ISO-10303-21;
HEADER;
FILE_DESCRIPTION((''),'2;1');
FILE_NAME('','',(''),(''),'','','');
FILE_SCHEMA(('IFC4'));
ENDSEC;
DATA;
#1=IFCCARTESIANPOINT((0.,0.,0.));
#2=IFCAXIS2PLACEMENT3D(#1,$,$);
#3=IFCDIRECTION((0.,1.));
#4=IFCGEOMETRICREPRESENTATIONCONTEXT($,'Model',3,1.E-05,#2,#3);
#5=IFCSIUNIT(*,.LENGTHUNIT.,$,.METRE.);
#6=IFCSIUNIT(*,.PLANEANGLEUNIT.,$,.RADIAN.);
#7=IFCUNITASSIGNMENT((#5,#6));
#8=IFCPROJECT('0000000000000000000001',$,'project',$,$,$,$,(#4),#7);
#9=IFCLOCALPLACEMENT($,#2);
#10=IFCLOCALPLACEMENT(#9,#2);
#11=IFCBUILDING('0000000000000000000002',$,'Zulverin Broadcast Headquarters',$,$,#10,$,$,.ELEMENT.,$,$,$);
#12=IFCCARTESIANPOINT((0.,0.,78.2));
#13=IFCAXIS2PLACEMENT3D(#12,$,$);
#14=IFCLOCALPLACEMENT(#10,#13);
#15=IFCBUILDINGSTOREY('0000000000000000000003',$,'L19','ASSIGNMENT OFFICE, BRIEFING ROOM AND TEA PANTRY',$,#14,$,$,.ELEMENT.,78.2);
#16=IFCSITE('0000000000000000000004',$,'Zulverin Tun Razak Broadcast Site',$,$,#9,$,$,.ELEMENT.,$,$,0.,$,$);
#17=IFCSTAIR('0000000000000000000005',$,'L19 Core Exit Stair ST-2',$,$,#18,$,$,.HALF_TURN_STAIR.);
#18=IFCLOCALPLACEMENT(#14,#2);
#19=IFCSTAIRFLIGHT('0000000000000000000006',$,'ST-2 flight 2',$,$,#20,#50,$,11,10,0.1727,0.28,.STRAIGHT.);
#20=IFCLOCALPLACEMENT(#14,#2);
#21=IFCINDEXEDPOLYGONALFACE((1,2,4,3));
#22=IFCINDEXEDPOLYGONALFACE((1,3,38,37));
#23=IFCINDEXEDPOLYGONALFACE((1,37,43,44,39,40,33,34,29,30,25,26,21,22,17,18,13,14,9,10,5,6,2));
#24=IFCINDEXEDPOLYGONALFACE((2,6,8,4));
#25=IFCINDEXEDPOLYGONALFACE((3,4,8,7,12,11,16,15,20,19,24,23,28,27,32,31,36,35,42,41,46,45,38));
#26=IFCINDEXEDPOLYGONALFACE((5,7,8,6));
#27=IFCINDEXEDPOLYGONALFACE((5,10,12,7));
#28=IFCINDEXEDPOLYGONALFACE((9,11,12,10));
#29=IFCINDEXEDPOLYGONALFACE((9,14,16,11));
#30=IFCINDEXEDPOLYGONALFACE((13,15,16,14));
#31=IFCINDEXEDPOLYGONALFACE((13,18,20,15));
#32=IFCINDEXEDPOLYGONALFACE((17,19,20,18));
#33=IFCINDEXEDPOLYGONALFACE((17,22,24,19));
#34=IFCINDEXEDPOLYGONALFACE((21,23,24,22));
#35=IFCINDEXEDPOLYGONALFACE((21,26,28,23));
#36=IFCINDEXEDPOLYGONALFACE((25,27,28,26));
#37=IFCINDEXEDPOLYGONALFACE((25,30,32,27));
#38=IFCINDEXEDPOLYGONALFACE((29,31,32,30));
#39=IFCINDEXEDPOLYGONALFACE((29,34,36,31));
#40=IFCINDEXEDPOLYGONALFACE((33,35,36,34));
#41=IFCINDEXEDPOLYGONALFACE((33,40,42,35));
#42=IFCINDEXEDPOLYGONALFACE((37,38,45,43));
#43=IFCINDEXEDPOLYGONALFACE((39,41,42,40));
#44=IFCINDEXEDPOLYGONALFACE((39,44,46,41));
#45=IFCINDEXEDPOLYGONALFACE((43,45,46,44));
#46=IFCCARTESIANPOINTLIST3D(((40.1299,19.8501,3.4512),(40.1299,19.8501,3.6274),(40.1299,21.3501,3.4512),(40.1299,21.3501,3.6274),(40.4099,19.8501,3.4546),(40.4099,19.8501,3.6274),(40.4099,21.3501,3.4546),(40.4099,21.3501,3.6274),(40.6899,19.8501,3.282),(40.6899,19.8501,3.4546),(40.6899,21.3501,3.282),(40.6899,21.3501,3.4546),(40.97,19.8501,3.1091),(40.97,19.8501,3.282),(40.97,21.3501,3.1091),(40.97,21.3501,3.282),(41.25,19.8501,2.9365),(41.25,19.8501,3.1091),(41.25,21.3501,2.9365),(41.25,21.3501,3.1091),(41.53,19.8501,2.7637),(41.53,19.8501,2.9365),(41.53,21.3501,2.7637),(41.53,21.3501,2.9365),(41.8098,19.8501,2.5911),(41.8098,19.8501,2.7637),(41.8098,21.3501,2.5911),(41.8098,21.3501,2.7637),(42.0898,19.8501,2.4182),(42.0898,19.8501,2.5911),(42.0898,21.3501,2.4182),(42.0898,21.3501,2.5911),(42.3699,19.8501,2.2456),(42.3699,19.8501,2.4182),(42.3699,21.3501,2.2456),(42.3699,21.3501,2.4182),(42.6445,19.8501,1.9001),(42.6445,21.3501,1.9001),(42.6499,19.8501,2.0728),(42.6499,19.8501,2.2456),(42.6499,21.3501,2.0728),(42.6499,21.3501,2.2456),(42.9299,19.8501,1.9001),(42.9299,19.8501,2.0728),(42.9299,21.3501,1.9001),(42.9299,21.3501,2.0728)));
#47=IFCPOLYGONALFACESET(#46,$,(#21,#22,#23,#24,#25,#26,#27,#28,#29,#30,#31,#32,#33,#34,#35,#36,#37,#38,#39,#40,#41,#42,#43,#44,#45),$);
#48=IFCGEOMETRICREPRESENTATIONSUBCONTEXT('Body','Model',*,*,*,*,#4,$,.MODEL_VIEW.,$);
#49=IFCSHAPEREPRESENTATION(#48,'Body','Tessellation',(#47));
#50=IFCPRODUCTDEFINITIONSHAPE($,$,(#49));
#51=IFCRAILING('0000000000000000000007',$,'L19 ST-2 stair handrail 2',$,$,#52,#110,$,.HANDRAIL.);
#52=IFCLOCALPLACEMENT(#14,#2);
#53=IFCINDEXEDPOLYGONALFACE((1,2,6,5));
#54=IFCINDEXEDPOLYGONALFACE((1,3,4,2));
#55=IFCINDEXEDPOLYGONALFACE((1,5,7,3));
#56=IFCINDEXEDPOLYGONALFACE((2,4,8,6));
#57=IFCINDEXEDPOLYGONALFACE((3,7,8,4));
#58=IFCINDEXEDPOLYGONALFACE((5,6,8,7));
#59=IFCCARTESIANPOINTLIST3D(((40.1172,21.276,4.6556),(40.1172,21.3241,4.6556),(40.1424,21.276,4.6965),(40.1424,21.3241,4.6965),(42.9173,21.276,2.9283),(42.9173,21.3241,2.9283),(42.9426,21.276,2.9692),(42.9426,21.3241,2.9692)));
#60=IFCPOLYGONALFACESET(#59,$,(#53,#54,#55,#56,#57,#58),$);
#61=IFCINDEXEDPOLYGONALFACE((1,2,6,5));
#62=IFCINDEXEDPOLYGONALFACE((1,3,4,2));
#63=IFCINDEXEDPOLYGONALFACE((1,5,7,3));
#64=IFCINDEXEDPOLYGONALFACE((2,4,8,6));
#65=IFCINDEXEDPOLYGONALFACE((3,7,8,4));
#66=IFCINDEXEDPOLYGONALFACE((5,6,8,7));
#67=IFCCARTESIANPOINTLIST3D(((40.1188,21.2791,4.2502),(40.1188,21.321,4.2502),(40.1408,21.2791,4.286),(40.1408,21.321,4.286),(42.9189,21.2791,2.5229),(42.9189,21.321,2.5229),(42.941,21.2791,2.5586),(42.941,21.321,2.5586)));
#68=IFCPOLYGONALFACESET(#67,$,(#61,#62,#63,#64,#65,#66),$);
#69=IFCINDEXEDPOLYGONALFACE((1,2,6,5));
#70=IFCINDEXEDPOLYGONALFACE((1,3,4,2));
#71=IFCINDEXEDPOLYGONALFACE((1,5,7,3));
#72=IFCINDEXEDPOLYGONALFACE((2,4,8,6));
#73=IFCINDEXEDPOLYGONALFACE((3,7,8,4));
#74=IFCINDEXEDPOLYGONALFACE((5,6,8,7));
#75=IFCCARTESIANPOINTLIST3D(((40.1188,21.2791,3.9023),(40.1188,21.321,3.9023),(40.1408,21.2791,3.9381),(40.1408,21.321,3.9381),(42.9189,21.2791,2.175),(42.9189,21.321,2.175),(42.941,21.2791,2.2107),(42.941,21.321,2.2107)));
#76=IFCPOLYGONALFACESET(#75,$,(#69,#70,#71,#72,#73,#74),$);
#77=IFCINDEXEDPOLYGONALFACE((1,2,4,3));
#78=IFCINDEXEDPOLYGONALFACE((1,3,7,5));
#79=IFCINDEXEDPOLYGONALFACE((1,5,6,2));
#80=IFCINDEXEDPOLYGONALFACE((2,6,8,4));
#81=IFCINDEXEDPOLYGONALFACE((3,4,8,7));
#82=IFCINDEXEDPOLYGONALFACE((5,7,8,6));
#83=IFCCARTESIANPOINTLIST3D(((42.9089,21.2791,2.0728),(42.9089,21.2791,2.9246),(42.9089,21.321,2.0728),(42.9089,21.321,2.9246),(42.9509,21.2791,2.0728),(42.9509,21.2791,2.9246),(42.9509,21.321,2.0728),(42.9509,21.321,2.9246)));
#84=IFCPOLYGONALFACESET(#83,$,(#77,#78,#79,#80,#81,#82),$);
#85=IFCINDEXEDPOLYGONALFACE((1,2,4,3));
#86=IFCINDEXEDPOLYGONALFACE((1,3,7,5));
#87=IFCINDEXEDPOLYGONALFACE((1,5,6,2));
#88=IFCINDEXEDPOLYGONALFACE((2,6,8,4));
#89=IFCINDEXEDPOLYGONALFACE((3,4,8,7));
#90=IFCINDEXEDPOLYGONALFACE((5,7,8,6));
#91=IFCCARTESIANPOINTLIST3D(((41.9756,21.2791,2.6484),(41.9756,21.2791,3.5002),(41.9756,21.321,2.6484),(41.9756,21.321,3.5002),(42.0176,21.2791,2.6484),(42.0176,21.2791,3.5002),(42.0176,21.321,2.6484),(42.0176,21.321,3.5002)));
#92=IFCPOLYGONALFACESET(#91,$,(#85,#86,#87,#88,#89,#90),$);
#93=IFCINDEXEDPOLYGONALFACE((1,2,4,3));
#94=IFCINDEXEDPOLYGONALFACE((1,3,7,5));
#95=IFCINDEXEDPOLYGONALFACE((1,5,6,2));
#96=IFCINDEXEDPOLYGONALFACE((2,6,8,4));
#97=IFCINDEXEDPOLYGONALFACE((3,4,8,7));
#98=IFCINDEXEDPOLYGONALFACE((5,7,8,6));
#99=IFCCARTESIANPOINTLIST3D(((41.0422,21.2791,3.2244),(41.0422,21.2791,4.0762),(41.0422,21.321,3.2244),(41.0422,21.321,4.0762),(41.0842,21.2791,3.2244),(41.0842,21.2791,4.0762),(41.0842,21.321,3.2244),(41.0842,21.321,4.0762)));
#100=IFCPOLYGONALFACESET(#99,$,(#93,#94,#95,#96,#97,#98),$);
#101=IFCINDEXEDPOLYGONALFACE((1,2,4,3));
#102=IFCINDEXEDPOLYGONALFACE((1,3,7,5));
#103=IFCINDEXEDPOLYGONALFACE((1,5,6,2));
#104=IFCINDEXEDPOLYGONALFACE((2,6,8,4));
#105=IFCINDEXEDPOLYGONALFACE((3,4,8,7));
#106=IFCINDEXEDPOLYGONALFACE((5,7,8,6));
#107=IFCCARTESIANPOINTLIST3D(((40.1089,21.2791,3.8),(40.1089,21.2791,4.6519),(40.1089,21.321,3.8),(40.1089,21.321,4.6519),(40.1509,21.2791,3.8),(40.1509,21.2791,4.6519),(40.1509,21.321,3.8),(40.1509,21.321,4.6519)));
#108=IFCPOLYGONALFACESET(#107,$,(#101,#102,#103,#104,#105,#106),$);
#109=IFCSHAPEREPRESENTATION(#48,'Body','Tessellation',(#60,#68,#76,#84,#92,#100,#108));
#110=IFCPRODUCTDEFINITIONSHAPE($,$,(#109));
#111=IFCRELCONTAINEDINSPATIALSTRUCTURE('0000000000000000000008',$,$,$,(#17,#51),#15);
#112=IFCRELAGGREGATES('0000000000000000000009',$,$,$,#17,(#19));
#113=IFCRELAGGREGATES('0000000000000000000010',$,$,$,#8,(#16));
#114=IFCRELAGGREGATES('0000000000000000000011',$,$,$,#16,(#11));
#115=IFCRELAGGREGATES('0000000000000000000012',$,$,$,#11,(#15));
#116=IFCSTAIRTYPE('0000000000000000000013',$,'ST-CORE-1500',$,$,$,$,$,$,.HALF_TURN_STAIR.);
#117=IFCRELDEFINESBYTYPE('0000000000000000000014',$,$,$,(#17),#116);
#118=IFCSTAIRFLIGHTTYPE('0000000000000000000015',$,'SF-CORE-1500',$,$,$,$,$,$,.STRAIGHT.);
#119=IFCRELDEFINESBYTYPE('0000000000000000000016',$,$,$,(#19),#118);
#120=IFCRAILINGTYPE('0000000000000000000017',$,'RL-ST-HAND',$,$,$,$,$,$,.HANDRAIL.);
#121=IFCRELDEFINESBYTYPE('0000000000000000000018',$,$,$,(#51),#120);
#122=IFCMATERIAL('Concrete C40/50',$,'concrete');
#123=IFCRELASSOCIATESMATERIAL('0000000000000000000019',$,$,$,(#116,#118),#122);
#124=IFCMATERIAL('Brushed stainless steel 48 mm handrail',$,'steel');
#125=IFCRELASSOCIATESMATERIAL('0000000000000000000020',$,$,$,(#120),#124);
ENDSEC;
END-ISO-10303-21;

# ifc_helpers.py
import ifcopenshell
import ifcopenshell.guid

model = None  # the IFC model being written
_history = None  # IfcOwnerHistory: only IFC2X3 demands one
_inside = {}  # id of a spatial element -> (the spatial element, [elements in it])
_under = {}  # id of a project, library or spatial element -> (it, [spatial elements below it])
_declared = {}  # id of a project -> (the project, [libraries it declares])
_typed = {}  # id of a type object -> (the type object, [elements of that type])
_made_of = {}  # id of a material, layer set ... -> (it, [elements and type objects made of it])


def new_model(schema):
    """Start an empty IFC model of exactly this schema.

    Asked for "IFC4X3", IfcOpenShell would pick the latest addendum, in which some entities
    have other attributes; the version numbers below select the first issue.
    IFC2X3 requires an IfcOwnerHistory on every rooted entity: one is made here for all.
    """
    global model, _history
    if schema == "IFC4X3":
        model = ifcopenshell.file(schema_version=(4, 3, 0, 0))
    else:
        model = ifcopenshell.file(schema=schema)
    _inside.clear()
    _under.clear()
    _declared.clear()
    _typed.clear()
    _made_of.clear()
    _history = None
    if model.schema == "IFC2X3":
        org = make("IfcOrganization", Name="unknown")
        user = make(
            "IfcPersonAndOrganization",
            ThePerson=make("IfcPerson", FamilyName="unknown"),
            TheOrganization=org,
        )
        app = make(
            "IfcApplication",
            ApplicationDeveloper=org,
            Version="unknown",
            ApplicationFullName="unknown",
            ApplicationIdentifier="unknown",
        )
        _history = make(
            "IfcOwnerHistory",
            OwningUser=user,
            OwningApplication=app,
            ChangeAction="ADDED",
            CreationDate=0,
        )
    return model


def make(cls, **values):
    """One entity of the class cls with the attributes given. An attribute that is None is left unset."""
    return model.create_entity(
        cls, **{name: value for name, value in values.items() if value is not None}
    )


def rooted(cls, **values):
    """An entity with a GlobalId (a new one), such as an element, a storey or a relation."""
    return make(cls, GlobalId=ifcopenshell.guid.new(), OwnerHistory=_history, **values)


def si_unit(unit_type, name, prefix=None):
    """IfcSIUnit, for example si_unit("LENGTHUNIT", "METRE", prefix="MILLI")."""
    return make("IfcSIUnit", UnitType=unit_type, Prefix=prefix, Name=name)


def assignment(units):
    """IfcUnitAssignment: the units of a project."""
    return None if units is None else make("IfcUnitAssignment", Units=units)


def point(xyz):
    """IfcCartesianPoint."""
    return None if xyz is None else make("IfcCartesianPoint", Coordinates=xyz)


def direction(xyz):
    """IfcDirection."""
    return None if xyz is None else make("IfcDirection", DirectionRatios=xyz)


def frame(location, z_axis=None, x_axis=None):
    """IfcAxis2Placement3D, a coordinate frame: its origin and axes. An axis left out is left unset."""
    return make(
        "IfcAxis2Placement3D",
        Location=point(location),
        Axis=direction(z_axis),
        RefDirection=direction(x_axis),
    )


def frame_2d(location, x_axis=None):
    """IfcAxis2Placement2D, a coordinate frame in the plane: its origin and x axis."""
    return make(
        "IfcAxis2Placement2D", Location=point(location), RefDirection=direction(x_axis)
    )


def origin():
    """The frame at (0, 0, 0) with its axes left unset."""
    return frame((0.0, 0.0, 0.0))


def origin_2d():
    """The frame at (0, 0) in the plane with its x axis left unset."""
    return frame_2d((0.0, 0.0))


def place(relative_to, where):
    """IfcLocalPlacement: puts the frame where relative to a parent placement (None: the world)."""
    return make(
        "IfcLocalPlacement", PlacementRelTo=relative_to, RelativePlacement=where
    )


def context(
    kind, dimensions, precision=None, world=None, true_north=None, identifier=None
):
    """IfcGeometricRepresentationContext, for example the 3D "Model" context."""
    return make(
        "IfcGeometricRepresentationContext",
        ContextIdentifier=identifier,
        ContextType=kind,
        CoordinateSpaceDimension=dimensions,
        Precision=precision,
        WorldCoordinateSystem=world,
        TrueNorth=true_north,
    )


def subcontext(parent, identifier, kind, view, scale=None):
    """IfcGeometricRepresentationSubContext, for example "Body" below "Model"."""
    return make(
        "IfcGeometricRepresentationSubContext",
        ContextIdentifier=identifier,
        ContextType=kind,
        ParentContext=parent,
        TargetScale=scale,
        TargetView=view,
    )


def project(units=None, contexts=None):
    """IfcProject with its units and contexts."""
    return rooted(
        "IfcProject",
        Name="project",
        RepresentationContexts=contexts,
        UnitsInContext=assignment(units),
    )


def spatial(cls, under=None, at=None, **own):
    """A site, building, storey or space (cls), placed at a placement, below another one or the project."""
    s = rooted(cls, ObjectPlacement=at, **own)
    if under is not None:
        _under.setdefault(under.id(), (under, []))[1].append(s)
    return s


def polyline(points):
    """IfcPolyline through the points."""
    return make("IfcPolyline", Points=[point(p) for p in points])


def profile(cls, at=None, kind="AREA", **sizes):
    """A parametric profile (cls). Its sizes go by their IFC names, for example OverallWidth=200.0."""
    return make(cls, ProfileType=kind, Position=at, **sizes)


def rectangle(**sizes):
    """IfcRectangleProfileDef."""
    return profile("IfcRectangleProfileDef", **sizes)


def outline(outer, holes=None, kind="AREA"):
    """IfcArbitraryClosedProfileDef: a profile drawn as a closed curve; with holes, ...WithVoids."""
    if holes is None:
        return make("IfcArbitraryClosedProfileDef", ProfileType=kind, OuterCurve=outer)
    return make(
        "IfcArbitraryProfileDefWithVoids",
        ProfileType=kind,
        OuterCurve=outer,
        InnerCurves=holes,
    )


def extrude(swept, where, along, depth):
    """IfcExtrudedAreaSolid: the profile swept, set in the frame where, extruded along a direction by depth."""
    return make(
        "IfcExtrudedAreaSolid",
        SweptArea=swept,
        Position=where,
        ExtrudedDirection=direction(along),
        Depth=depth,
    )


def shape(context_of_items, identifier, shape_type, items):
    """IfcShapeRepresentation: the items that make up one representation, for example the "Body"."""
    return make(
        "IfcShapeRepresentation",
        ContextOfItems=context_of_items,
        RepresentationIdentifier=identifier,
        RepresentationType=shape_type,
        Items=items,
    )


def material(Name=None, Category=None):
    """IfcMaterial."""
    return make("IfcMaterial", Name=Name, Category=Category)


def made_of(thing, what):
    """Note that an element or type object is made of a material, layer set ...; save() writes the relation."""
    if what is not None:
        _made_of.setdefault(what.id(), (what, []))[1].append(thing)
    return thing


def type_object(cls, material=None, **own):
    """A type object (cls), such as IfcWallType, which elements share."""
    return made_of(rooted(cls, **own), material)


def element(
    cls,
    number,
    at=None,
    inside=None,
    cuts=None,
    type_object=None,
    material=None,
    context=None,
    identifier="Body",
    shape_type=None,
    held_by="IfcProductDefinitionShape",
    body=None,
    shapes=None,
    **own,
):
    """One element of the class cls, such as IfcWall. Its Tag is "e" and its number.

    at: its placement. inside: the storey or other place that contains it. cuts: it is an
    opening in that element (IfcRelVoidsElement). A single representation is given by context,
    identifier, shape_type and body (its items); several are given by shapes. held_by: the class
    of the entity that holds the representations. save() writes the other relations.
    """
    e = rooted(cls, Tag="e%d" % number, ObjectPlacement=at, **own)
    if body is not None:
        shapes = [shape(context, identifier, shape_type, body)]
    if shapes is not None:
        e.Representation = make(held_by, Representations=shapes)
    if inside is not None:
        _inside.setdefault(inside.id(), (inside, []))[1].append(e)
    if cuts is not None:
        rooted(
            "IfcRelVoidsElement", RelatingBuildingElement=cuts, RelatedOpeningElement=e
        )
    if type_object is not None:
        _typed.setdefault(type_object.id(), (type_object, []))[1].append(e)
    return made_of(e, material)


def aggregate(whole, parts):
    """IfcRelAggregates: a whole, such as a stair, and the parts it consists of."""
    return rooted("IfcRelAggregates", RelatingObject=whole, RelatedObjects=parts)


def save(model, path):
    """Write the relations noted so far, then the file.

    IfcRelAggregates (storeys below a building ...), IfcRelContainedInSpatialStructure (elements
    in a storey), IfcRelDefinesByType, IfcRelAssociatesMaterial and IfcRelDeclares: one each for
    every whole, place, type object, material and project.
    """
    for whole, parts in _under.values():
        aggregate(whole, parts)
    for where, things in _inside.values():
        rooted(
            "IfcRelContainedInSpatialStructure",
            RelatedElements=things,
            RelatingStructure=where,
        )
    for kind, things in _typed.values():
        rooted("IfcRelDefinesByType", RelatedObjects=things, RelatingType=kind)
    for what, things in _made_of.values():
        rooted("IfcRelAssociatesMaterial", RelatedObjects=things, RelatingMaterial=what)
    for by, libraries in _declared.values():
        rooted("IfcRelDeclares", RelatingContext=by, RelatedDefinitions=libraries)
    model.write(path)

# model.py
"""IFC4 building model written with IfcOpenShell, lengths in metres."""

from ifc_helpers import new_model, si_unit, direction, frame, origin, origin_2d, place, context, subcontext, project, spatial, polyline, rectangle, outline, extrude, material, type_object, element, aggregate, save


model = new_model("IFC4")

# Units and contexts
model_context = context("Model", 3, precision=1e-05, world=origin(), true_north=direction((0.0, 1.0)))
body_context = subcontext(model_context, "Body", "Model", "MODEL_VIEW")
ifc_project = project(units=[si_unit("LENGTHUNIT", "METRE"), si_unit("PLANEANGLEUNIT", "RADIAN")], contexts=[model_context])

# Site, building, storey
site_placement = place(None, origin())
site = spatial("IfcSite", under=ifc_project, at=site_placement, Name="Zulverin Tun Razak Broadcast Site", CompositionType="ELEMENT", RefElevation=0.0)
building_placement = place(site_placement, origin())
building = spatial("IfcBuilding", under=site, at=building_placement, Name="Zulverin Broadcast Headquarters", CompositionType="ELEMENT")
storey_placement = place(building_placement, frame((0.0, 0.0, 78.2)))
storey = spatial("IfcBuildingStorey", under=building, at=storey_placement, Name="L19", Description="ASSIGNMENT OFFICE, BRIEFING ROOM AND TEA PANTRY", CompositionType="ELEMENT", Elevation=78.2)

# Shared definitions
ifc_material_1 = material(Name="Concrete C40/50", Category="concrete")

# Stair, stair flight
stair_type = type_object("IfcStairType", Name="ST-CORE-1500", PredefinedType="HALF_TURN_STAIR", material=ifc_material_1)
stair_placement = place(storey_placement, origin())
stair = element("IfcStair", 1, at=stair_placement, inside=storey, type_object=stair_type, Name="L19 Core Exit Stair ST-2", PredefinedType="HALF_TURN_STAIR")
stair_flight_type = type_object("IfcStairFlightType", Name="SF-CORE-1500", PredefinedType="STRAIGHT", material=ifc_material_1)
stair_flight_placement = place(storey_placement, frame((42.9299, 20.6001, 1.9001), z_axis=(0.0, 0.0, 1.0), x_axis=(-1.0, 0.0, 0.0)))
stair_flight = element("IfcStairFlight", 2, at=stair_flight_placement, type_object=stair_flight_type, Name="ST-2 flight 2", NumberOfRisers=11, NumberOfTreads=10, PredefinedType="STRAIGHT", RiserHeight=0.1727, TreadLength=0.28, context=body_context, shape_type="SweptSolid", body=[
    extrude(outline(polyline([(0.0, 0.0), (0.0, 0.1726), (0.28, 0.1726), (0.28, 0.3455), (0.5601, 0.3455), (0.5601, 0.5181), (0.8401, 0.5181), (0.8401, 0.6909), (1.1201, 0.6909), (1.1201, 0.8635), (1.3999, 0.8635), (1.3999, 1.0364), (1.6799, 1.0364), (1.6799, 1.209), (1.96, 1.209), (1.96, 1.3818), (2.24, 1.3818), (2.24, 1.5544), (2.52, 1.5544), (2.52, 1.7273), (2.8, 1.7273), (2.8, 1.8999), (2.8, 1.551), (0.2854, 0.0), (0.0, 0.0)])), frame((0.0, 0.75, 0.0), z_axis=(0.0, -1.0, 0.0), x_axis=(1.0, 0.0, 0.0)), (0.0, 0.0, 1.0), 1.5),
])
aggregate(stair, [stair_flight])

# Railing
ifc_material_2 = material(Name="Brushed stainless steel 48 mm handrail", Category="steel")
railing_type = type_object("IfcRailingType", Name="RL-ST-HAND", PredefinedType="HANDRAIL", material=ifc_material_2)
railing_placement = place(storey_placement, frame((42.9299, 21.3, 2.0728)))
element("IfcRailing", 3, at=railing_placement, inside=storey, type_object=railing_type, Name="L19 ST-2 stair handrail 2", PredefinedType="HANDRAIL", context=body_context, shape_type="SweptSolid", body=[
    extrude(rectangle(XDim=0.0481, YDim=0.0481, at=origin_2d()), frame((0.0, 0.0, 0.876), z_axis=(-0.85109, 0.0, 0.52502), x_axis=(0.0, -1.0, 0.0)), (0.0, 0.0, 1.0), 3.29),
    extrude(rectangle(XDim=0.042, YDim=0.042, at=origin_2d()), frame((0.0, 0.0, 0.468), z_axis=(-0.85109, 0.0, 0.52502), x_axis=(0.0, -1.0, 0.0)), (0.0, 0.0, 1.0), 3.29),
    extrude(rectangle(XDim=0.042, YDim=0.042, at=origin_2d()), frame((0.0, 0.0, 0.1201), z_axis=(-0.85109, 0.0, 0.52502), x_axis=(0.0, -1.0, 0.0)), (0.0, 0.0, 1.0), 3.29),
    extrude(rectangle(XDim=0.042, YDim=0.042, at=origin_2d()), origin(), (0.0, 0.0, 1.0), 0.8518),
    extrude(rectangle(XDim=0.042, YDim=0.042, at=origin_2d()), frame((-0.9333, 0.0, 0.5757)), (0.0, 0.0, 1.0), 0.8518),
    extrude(rectangle(XDim=0.042, YDim=0.042, at=origin_2d()), frame((-1.8667, 0.0, 1.1516)), (0.0, 0.0, 1.0), 0.8518),
    extrude(rectangle(XDim=0.042, YDim=0.042, at=origin_2d()), frame((-2.8, 0.0, 1.7273)), (0.0, 0.0, 1.0), 0.8518),
])

save(model, "model.ifc")
